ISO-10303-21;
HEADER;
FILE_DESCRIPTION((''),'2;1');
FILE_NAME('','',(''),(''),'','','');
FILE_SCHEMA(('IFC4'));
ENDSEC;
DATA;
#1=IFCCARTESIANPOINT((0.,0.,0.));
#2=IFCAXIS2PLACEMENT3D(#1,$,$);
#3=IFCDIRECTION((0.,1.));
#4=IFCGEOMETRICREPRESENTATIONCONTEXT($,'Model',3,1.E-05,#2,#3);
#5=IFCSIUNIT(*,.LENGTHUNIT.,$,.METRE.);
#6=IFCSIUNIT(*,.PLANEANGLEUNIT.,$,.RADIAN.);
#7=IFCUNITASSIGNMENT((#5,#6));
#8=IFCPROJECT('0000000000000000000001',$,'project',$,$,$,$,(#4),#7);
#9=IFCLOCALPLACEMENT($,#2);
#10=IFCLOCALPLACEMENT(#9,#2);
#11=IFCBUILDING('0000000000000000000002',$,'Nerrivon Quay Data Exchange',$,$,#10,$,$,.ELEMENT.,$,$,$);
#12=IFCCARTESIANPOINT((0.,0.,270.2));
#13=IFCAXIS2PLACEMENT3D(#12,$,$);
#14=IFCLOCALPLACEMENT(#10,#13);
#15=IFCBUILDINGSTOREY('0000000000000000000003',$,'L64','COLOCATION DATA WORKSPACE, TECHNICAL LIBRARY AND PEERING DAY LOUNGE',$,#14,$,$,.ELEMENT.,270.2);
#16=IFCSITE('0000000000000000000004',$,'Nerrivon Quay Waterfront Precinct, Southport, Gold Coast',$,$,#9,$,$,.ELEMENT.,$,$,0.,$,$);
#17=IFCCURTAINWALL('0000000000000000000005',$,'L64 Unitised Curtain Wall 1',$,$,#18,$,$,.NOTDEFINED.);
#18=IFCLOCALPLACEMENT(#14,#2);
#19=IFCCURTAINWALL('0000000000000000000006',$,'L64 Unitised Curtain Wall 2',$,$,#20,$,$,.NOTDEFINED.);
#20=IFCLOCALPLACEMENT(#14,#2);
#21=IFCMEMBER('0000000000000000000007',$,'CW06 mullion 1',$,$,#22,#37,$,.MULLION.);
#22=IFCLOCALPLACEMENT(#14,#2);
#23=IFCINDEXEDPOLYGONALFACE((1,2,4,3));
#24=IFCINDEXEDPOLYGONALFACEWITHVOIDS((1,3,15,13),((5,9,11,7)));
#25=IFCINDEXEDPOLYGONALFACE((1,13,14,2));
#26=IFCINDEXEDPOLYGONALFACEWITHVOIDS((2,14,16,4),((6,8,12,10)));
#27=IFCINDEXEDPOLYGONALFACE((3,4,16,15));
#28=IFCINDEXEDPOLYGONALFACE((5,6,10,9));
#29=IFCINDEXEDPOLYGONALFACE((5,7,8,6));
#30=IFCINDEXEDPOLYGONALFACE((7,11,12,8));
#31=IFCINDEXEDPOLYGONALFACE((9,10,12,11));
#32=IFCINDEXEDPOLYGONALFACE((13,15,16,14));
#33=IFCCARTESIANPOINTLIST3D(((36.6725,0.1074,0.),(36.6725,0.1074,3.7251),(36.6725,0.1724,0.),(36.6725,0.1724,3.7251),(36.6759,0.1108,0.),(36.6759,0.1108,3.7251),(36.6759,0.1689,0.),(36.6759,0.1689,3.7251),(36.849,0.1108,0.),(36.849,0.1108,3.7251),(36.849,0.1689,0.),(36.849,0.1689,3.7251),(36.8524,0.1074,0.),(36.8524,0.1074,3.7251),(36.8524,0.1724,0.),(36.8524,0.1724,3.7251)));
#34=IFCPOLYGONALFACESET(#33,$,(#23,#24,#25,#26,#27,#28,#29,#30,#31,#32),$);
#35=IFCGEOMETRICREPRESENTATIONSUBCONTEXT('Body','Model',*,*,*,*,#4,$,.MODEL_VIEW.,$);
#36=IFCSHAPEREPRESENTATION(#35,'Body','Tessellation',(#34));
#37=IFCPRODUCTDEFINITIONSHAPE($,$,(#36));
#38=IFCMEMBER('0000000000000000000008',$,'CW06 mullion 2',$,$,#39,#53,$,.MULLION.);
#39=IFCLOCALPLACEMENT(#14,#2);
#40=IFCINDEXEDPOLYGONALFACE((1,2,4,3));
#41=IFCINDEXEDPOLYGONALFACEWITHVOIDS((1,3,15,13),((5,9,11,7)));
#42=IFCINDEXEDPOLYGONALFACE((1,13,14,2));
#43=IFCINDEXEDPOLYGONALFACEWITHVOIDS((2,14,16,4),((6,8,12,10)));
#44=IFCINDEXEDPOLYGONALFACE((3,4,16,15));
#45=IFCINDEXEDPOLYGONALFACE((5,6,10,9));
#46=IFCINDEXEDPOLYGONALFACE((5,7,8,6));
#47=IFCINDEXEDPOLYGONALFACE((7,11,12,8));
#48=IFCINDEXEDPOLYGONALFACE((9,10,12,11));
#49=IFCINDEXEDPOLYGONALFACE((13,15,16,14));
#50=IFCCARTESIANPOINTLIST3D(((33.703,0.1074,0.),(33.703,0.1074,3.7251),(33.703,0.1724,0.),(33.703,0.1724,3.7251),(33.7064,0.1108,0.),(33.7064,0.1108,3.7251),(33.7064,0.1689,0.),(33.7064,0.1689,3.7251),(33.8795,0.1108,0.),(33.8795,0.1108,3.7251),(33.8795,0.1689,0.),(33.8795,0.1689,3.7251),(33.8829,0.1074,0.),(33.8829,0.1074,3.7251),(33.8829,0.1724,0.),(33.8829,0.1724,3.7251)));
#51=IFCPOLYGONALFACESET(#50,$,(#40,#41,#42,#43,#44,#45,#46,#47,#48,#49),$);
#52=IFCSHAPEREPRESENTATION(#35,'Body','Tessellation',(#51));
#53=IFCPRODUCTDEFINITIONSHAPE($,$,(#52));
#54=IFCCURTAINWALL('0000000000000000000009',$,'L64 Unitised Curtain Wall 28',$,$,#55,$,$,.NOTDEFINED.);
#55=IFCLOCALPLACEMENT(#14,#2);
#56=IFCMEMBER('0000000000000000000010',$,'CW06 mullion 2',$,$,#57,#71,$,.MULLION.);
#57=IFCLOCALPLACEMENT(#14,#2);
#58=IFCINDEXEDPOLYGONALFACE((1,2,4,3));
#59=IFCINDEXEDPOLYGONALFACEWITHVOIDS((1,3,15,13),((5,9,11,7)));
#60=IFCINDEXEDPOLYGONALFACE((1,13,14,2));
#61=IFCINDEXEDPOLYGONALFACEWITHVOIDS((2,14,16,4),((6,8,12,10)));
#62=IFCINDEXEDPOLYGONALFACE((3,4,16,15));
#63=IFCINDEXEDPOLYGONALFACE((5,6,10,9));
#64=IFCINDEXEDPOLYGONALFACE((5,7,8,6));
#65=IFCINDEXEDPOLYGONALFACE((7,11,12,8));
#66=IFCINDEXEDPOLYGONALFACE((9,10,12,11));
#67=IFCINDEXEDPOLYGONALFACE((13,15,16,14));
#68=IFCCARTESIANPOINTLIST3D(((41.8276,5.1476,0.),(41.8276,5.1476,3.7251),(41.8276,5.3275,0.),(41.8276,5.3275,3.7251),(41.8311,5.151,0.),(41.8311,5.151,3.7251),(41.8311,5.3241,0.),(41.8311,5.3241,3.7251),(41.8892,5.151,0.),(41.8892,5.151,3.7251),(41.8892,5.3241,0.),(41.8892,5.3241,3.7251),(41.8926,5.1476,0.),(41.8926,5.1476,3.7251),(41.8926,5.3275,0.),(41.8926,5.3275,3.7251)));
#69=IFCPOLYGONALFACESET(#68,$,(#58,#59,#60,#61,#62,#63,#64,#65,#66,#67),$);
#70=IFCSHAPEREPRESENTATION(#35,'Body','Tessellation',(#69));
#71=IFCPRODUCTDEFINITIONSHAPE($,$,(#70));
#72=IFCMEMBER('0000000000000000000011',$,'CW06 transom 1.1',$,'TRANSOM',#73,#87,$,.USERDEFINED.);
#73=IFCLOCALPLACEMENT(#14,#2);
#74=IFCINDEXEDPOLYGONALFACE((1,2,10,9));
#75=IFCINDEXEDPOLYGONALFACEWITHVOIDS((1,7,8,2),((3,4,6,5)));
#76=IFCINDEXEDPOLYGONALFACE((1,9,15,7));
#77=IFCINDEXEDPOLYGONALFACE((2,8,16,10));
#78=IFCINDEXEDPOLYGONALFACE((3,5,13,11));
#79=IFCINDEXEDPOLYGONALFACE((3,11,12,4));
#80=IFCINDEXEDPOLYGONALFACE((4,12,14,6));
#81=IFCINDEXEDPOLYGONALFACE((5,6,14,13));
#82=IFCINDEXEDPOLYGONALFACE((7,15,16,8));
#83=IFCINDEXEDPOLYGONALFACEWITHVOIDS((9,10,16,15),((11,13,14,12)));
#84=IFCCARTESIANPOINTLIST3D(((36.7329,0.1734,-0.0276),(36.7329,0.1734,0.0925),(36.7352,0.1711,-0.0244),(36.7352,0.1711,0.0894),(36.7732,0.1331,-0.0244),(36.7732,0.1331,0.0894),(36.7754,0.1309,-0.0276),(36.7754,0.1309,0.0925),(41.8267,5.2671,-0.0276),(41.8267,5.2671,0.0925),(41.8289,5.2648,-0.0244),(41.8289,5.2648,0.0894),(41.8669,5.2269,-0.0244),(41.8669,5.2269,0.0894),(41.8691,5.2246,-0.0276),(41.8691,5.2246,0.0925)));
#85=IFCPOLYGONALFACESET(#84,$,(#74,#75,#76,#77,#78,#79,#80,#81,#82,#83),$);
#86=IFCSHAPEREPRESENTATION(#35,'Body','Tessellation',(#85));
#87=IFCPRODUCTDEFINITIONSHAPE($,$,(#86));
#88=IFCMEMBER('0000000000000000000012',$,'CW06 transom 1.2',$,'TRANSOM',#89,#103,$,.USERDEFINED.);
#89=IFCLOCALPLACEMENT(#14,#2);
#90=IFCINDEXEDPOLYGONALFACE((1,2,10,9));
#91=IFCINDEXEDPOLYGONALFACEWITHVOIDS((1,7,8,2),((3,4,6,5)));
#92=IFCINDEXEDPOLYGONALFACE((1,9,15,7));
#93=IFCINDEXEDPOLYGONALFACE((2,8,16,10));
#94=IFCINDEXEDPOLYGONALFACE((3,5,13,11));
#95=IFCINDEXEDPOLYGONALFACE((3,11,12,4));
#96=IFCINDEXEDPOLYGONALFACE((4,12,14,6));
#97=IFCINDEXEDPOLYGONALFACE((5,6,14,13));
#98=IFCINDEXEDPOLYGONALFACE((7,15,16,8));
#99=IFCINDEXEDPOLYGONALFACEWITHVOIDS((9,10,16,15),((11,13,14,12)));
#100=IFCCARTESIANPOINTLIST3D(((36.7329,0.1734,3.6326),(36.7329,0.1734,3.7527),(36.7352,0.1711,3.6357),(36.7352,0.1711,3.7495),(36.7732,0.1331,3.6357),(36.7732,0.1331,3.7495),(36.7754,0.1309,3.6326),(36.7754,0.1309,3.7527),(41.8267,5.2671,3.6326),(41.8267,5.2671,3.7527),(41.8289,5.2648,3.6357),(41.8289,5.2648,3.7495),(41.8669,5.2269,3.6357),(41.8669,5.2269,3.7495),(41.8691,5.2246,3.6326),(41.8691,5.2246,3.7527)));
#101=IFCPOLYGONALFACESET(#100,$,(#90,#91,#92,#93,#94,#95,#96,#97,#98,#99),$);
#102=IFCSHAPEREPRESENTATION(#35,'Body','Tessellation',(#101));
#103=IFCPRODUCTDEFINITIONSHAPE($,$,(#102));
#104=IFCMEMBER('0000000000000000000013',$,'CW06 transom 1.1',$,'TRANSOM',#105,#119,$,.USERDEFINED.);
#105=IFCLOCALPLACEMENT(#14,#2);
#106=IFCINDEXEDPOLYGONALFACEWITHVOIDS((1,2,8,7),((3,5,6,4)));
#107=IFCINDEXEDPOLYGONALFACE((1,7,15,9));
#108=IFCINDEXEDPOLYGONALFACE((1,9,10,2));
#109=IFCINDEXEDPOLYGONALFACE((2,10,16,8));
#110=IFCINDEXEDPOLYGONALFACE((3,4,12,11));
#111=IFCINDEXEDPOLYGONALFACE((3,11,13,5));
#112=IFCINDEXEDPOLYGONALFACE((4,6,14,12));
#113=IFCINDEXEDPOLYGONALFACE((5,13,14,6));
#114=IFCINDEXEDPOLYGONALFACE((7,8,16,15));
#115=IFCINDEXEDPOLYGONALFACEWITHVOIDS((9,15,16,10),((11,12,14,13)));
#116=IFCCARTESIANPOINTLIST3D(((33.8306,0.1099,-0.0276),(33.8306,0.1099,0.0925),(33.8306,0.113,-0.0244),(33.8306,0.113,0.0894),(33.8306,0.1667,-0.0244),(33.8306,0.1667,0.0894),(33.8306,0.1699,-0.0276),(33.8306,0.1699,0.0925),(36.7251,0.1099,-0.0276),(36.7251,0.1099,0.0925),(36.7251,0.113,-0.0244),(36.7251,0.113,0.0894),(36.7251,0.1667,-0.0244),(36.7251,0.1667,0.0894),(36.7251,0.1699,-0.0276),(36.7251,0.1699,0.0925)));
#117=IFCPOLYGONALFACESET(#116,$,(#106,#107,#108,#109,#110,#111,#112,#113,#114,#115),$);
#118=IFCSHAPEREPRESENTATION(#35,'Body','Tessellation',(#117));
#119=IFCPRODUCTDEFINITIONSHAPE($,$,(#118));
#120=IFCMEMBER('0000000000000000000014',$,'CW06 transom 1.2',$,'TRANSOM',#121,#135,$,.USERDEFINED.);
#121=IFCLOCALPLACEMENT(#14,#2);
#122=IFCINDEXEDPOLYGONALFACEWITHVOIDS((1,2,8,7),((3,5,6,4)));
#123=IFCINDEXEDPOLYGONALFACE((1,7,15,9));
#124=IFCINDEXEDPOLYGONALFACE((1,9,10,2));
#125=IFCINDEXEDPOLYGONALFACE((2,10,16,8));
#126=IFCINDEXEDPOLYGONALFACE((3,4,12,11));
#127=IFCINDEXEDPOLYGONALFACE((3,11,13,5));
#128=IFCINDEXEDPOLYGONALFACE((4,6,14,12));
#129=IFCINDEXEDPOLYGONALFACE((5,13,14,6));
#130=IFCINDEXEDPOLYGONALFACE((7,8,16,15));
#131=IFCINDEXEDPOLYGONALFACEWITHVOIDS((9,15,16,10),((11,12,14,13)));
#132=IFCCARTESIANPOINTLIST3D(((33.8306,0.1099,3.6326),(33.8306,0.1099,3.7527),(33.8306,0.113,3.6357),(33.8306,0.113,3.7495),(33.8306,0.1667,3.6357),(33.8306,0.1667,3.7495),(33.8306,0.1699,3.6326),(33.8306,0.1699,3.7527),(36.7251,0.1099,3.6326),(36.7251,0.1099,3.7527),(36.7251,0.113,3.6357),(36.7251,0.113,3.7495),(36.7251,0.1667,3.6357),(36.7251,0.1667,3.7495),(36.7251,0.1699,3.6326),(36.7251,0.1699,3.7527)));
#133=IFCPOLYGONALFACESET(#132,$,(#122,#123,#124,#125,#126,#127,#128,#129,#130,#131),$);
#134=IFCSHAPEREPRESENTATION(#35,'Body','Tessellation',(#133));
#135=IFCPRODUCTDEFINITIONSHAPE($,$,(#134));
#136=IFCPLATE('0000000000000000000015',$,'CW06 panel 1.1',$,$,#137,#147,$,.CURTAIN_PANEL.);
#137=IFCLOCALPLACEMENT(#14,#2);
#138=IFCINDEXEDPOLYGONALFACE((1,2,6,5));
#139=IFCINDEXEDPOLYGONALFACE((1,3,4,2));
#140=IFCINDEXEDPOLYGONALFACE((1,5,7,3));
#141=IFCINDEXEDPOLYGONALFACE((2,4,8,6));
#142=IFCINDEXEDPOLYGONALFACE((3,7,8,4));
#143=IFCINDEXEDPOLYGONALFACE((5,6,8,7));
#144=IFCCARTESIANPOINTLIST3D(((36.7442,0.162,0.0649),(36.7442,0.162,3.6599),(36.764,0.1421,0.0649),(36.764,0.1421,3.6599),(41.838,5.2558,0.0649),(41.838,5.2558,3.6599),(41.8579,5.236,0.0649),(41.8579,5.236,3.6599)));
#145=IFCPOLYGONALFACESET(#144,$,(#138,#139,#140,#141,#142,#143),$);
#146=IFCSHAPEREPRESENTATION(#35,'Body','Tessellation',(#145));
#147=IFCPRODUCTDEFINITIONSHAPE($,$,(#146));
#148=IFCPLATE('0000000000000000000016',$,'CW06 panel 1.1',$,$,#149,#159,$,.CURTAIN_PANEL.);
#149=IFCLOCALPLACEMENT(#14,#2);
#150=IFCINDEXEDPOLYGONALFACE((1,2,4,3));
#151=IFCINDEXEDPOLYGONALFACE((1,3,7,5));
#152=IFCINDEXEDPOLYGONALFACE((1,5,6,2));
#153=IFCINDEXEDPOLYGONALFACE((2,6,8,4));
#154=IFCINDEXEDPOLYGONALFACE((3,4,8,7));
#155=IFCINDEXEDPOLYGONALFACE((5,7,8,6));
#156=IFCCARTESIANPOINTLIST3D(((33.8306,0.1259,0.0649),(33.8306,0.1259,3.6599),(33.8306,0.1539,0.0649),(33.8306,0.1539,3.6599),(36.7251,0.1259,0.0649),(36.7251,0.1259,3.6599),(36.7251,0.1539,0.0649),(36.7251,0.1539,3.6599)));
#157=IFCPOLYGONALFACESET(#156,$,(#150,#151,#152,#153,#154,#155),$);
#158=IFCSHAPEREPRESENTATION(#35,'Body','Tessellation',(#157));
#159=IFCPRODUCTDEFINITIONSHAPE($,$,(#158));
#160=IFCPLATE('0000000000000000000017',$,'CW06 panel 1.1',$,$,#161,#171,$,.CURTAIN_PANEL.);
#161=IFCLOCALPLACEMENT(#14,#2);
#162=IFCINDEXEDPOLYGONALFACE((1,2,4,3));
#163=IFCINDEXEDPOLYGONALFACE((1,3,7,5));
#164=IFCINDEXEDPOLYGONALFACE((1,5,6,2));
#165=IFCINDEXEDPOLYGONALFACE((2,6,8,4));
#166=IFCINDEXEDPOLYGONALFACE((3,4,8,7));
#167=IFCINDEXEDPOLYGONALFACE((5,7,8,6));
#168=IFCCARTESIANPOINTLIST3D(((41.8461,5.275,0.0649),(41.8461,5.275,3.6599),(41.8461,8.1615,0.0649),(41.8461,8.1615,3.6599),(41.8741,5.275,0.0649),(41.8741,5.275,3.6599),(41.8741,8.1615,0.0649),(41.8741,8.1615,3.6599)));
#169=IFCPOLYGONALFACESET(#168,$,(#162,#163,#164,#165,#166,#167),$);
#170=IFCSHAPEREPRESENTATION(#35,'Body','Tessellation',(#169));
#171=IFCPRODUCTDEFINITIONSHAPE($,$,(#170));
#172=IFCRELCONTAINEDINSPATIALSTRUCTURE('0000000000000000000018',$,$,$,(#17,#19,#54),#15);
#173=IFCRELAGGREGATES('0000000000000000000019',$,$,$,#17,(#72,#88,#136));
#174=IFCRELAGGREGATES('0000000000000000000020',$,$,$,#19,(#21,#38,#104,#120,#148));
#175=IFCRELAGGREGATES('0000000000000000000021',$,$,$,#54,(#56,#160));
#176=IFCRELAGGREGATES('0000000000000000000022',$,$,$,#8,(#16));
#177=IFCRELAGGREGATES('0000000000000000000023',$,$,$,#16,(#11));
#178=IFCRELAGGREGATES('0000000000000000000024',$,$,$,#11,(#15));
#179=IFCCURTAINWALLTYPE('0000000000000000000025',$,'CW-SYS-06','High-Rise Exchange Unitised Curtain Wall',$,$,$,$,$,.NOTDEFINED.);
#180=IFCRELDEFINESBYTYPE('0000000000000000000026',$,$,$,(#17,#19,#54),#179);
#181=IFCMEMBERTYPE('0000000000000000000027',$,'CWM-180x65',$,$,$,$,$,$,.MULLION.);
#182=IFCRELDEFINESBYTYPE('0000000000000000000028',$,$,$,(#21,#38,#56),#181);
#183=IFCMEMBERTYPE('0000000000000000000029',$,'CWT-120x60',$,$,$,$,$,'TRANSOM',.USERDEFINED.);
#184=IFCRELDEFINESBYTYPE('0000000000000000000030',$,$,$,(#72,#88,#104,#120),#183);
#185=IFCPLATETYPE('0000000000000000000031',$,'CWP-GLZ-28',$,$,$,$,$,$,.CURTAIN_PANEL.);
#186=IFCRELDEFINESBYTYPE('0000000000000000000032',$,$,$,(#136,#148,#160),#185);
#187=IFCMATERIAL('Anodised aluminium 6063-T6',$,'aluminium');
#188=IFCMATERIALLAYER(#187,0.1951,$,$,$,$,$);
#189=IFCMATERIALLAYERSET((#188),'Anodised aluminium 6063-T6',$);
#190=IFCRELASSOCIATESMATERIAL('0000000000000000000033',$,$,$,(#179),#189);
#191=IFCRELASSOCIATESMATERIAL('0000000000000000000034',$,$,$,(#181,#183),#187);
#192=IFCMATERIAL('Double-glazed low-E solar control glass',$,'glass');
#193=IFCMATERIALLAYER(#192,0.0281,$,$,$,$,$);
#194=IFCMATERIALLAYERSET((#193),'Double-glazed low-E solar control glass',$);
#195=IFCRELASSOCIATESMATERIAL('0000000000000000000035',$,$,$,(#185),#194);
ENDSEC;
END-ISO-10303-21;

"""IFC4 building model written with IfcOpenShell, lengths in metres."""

from ifc_helpers import new_model, si_unit, direction, frame, origin, origin_2d, place, context, subcontext, project, spatial, rectangle, hollow_rectangle, extrude, material, layer, layer_set, material_profile, profile_set, type_object, element, aggregate, save


model = new_model("IFC4")

# Units and contexts
model_context = context("Model", 3, precision=1e-05, world=origin(), true_north=direction((0.0, 1.0)))
body_context = subcontext(model_context, "Body", "Model", "MODEL_VIEW")
ifc_project = project(units=[si_unit("LENGTHUNIT", "METRE"), si_unit("PLANEANGLEUNIT", "RADIAN")], contexts=[model_context])

# Site, building, storey
site_placement = place(None, origin())
site = spatial("IfcSite", under=ifc_project, at=site_placement, Name="Nerrivon Quay Waterfront Precinct, Southport, Gold Coast", CompositionType="ELEMENT", RefElevation=0.0)
building_placement = place(site_placement, origin())
building = spatial("IfcBuilding", under=site, at=building_placement, Name="Nerrivon Quay Data Exchange", CompositionType="ELEMENT")
storey_placement = place(building_placement, frame((0.0, 0.0, 270.2)))
storey = spatial("IfcBuildingStorey", under=building, at=storey_placement, Name="L64", Description="COLOCATION DATA WORKSPACE, TECHNICAL LIBRARY AND PEERING DAY LOUNGE", CompositionType="ELEMENT", Elevation=270.2)

# Curtain walls, members
ifc_material_1 = material(Name="Anodised aluminium 6063-T6", Category="aluminium")
ifc_layer_1 = layer(ifc_material_1, 0.1951)
ifc_layer_set_1 = layer_set([ifc_layer_1], Name="Anodised aluminium 6063-T6")
curtain_wall_type = type_object("IfcCurtainWallType", Name="CW-SYS-06", Description="High-Rise Exchange Unitised Curtain Wall", PredefinedType="NOTDEFINED", material=ifc_layer_set_1)
curtain_wall_1_placement = place(storey_placement, origin())
curtain_wall_1 = element("IfcCurtainWall", 1, at=curtain_wall_1_placement, inside=storey, type_object=curtain_wall_type, Name="L64 Unitised Curtain Wall 1", PredefinedType="NOTDEFINED")
ifc_material_profile_1 = material_profile(ifc_material_1, hollow_rectangle(XDim=0.0649, YDim=0.1799, WallThickness=0.0034, at=origin_2d()), Name="ALU-MULL-180x65")
ifc_profile_set_1 = profile_set([ifc_material_profile_1], Name="Anodised aluminium 6063-T6")
member_type_1 = type_object("IfcMemberType", Name="CWM-180x65", PredefinedType="MULLION", material=ifc_profile_set_1)
curtain_wall_2_placement = place(storey_placement, origin())
curtain_wall_2 = element("IfcCurtainWall", 2, at=curtain_wall_2_placement, inside=storey, type_object=curtain_wall_type, Name="L64 Unitised Curtain Wall 2", PredefinedType="NOTDEFINED")
member_1_placement = place(storey_placement, frame((36.7625, 0.1399, 0.0), z_axis=(0.0, 0.0, 1.0), x_axis=(0.0, -1.0, 0.0)))
member_1 = element("IfcMember", 3, at=member_1_placement, type_object=member_type_1, Name="CW06 mullion 1", PredefinedType="MULLION", context=body_context, shape_type="SweptSolid", body=[
    extrude(hollow_rectangle(XDim=0.0649, YDim=0.1799, WallThickness=0.0034, at=origin_2d()), origin(), (0.0, 0.0, 1.0), 3.7251),
])
member_2_placement = place(storey_placement, frame((33.793, 0.1399, 0.0), z_axis=(0.0, 0.0, 1.0), x_axis=(0.0, -1.0, 0.0)))
member_2 = element("IfcMember", 4, at=member_2_placement, type_object=member_type_1, Name="CW06 mullion 2", PredefinedType="MULLION", context=body_context, shape_type="SweptSolid", body=[
    extrude(hollow_rectangle(XDim=0.0649, YDim=0.1799, WallThickness=0.0034, at=origin_2d()), origin(), (0.0, 0.0, 1.0), 3.7251),
])

# Curtain wall, member
curtain_wall_3_placement = place(storey_placement, origin())
curtain_wall_3 = element("IfcCurtainWall", 5, at=curtain_wall_3_placement, inside=storey, type_object=curtain_wall_type, Name="L64 Unitised Curtain Wall 28", PredefinedType="NOTDEFINED")
member_3_placement = place(storey_placement, frame((41.8601, 5.2375, 0.0), z_axis=(0.0, 0.0, 1.0), x_axis=(1.0, 0.0, 0.0)))
member_3 = element("IfcMember", 6, at=member_3_placement, type_object=member_type_1, Name="CW06 mullion 2", PredefinedType="MULLION", context=body_context, shape_type="SweptSolid", body=[
    extrude(hollow_rectangle(XDim=0.0649, YDim=0.1799, WallThickness=0.0034, at=origin_2d()), origin(), (0.0, 0.0, 1.0), 3.7251),
])

# Members
ifc_material_profile_2 = material_profile(ifc_material_1, hollow_rectangle(XDim=0.0601, YDim=0.1201, WallThickness=0.0032, at=origin_2d()), Name="ALU-TRAN-120x60")
ifc_profile_set_2 = profile_set([ifc_material_profile_2], Name="Anodised aluminium 6063-T6")
member_type_2 = type_object("IfcMemberType", Name="CWT-120x60", ElementType="TRANSOM", PredefinedType="USERDEFINED", material=ifc_profile_set_2)
member_4_placement = place(storey_placement, frame((41.8479, 5.2458, 0.0325), z_axis=(-0.707107, -0.707107, 0.0), x_axis=(0.707107, -0.707107, 0.0)))
member_4 = element("IfcMember", 7, at=member_4_placement, type_object=member_type_2, Name="CW06 transom 1.1", ObjectType="TRANSOM", PredefinedType="USERDEFINED", context=body_context, shape_type="SweptSolid", body=[
    extrude(hollow_rectangle(XDim=0.0601, YDim=0.1201, WallThickness=0.0032, at=origin_2d()), origin(), (0.0, 0.0, 1.0), 7.2036),
])
member_5_placement = place(storey_placement, frame((41.8479, 5.2458, 3.6926), z_axis=(-0.707107, -0.707107, 0.0), x_axis=(0.707107, -0.707107, 0.0)))
member_5 = element("IfcMember", 8, at=member_5_placement, type_object=member_type_2, Name="CW06 transom 1.2", ObjectType="TRANSOM", PredefinedType="USERDEFINED", context=body_context, shape_type="SweptSolid", body=[
    extrude(hollow_rectangle(XDim=0.0601, YDim=0.1201, WallThickness=0.0032, at=origin_2d()), origin(), (0.0, 0.0, 1.0), 7.2036),
])
member_6_placement = place(storey_placement, frame((36.7251, 0.1399, 0.0325), z_axis=(-1.0, 0.0, 0.0), x_axis=(0.0, -1.0, 0.0)))
member_6 = element("IfcMember", 9, at=member_6_placement, type_object=member_type_2, Name="CW06 transom 1.1", ObjectType="TRANSOM", PredefinedType="USERDEFINED", context=body_context, shape_type="SweptSolid", body=[
    extrude(hollow_rectangle(XDim=0.0601, YDim=0.1201, WallThickness=0.0032, at=origin_2d()), origin(), (0.0, 0.0, 1.0), 2.8945),
])
member_7_placement = place(storey_placement, frame((36.7251, 0.1399, 3.6926), z_axis=(-1.0, 0.0, 0.0), x_axis=(0.0, -1.0, 0.0)))
member_7 = element("IfcMember", 10, at=member_7_placement, type_object=member_type_2, Name="CW06 transom 1.2", ObjectType="TRANSOM", PredefinedType="USERDEFINED", context=body_context, shape_type="SweptSolid", body=[
    extrude(hollow_rectangle(XDim=0.0601, YDim=0.1201, WallThickness=0.0032, at=origin_2d()), origin(), (0.0, 0.0, 1.0), 2.8945),
])

# Plates
ifc_material_2 = material(Name="Double-glazed low-E solar control glass", Category="glass")
ifc_layer_2 = layer(ifc_material_2, 0.0281)
ifc_layer_set_2 = layer_set([ifc_layer_2], Name="Double-glazed low-E solar control glass")
plate_type = type_object("IfcPlateType", Name="CWP-GLZ-28", PredefinedType="CURTAIN_PANEL", material=ifc_layer_set_2)
plate_1_placement = place(storey_placement, frame((39.301, 2.699, 0.0649), z_axis=(0.0, 0.0, 1.0), x_axis=(-0.707107, -0.707107, 0.0)))
plate_1 = element("IfcPlate", 11, at=plate_1_placement, type_object=plate_type, Name="CW06 panel 1.1", PredefinedType="CURTAIN_PANEL", context=body_context, shape_type="SweptSolid", body=[
    extrude(rectangle(XDim=7.2039, YDim=0.0281, at=origin_2d()), origin(), (0.0, 0.0, 1.0), 3.595),
])
aggregate(curtain_wall_1, [member_4, member_5, plate_1])
plate_2_placement = place(storey_placement, frame((35.2778, 0.1399, 0.0649), z_axis=(0.0, 0.0, 1.0), x_axis=(-1.0, 0.0, 0.0)))
plate_2 = element("IfcPlate", 12, at=plate_2_placement, type_object=plate_type, Name="CW06 panel 1.1", PredefinedType="CURTAIN_PANEL", context=body_context, shape_type="SweptSolid", body=[
    extrude(rectangle(XDim=2.8945, YDim=0.0281, at=origin_2d()), origin(), (0.0, 0.0, 1.0), 3.595),
])
aggregate(curtain_wall_2, [member_1, member_2, member_6, member_7, plate_2])
plate_3_placement = place(storey_placement, frame((41.8601, 6.7183, 0.0649), z_axis=(0.0, 0.0, 1.0), x_axis=(0.0, -1.0, 0.0)))
plate_3 = element("IfcPlate", 13, at=plate_3_placement, type_object=plate_type, Name="CW06 panel 1.1", PredefinedType="CURTAIN_PANEL", context=body_context, shape_type="SweptSolid", body=[
    extrude(rectangle(XDim=2.8865, YDim=0.0281, at=origin_2d()), origin(), (0.0, 0.0, 1.0), 3.595),
])
aggregate(curtain_wall_3, [member_3, plate_3])

save(model, "model.ifc")
